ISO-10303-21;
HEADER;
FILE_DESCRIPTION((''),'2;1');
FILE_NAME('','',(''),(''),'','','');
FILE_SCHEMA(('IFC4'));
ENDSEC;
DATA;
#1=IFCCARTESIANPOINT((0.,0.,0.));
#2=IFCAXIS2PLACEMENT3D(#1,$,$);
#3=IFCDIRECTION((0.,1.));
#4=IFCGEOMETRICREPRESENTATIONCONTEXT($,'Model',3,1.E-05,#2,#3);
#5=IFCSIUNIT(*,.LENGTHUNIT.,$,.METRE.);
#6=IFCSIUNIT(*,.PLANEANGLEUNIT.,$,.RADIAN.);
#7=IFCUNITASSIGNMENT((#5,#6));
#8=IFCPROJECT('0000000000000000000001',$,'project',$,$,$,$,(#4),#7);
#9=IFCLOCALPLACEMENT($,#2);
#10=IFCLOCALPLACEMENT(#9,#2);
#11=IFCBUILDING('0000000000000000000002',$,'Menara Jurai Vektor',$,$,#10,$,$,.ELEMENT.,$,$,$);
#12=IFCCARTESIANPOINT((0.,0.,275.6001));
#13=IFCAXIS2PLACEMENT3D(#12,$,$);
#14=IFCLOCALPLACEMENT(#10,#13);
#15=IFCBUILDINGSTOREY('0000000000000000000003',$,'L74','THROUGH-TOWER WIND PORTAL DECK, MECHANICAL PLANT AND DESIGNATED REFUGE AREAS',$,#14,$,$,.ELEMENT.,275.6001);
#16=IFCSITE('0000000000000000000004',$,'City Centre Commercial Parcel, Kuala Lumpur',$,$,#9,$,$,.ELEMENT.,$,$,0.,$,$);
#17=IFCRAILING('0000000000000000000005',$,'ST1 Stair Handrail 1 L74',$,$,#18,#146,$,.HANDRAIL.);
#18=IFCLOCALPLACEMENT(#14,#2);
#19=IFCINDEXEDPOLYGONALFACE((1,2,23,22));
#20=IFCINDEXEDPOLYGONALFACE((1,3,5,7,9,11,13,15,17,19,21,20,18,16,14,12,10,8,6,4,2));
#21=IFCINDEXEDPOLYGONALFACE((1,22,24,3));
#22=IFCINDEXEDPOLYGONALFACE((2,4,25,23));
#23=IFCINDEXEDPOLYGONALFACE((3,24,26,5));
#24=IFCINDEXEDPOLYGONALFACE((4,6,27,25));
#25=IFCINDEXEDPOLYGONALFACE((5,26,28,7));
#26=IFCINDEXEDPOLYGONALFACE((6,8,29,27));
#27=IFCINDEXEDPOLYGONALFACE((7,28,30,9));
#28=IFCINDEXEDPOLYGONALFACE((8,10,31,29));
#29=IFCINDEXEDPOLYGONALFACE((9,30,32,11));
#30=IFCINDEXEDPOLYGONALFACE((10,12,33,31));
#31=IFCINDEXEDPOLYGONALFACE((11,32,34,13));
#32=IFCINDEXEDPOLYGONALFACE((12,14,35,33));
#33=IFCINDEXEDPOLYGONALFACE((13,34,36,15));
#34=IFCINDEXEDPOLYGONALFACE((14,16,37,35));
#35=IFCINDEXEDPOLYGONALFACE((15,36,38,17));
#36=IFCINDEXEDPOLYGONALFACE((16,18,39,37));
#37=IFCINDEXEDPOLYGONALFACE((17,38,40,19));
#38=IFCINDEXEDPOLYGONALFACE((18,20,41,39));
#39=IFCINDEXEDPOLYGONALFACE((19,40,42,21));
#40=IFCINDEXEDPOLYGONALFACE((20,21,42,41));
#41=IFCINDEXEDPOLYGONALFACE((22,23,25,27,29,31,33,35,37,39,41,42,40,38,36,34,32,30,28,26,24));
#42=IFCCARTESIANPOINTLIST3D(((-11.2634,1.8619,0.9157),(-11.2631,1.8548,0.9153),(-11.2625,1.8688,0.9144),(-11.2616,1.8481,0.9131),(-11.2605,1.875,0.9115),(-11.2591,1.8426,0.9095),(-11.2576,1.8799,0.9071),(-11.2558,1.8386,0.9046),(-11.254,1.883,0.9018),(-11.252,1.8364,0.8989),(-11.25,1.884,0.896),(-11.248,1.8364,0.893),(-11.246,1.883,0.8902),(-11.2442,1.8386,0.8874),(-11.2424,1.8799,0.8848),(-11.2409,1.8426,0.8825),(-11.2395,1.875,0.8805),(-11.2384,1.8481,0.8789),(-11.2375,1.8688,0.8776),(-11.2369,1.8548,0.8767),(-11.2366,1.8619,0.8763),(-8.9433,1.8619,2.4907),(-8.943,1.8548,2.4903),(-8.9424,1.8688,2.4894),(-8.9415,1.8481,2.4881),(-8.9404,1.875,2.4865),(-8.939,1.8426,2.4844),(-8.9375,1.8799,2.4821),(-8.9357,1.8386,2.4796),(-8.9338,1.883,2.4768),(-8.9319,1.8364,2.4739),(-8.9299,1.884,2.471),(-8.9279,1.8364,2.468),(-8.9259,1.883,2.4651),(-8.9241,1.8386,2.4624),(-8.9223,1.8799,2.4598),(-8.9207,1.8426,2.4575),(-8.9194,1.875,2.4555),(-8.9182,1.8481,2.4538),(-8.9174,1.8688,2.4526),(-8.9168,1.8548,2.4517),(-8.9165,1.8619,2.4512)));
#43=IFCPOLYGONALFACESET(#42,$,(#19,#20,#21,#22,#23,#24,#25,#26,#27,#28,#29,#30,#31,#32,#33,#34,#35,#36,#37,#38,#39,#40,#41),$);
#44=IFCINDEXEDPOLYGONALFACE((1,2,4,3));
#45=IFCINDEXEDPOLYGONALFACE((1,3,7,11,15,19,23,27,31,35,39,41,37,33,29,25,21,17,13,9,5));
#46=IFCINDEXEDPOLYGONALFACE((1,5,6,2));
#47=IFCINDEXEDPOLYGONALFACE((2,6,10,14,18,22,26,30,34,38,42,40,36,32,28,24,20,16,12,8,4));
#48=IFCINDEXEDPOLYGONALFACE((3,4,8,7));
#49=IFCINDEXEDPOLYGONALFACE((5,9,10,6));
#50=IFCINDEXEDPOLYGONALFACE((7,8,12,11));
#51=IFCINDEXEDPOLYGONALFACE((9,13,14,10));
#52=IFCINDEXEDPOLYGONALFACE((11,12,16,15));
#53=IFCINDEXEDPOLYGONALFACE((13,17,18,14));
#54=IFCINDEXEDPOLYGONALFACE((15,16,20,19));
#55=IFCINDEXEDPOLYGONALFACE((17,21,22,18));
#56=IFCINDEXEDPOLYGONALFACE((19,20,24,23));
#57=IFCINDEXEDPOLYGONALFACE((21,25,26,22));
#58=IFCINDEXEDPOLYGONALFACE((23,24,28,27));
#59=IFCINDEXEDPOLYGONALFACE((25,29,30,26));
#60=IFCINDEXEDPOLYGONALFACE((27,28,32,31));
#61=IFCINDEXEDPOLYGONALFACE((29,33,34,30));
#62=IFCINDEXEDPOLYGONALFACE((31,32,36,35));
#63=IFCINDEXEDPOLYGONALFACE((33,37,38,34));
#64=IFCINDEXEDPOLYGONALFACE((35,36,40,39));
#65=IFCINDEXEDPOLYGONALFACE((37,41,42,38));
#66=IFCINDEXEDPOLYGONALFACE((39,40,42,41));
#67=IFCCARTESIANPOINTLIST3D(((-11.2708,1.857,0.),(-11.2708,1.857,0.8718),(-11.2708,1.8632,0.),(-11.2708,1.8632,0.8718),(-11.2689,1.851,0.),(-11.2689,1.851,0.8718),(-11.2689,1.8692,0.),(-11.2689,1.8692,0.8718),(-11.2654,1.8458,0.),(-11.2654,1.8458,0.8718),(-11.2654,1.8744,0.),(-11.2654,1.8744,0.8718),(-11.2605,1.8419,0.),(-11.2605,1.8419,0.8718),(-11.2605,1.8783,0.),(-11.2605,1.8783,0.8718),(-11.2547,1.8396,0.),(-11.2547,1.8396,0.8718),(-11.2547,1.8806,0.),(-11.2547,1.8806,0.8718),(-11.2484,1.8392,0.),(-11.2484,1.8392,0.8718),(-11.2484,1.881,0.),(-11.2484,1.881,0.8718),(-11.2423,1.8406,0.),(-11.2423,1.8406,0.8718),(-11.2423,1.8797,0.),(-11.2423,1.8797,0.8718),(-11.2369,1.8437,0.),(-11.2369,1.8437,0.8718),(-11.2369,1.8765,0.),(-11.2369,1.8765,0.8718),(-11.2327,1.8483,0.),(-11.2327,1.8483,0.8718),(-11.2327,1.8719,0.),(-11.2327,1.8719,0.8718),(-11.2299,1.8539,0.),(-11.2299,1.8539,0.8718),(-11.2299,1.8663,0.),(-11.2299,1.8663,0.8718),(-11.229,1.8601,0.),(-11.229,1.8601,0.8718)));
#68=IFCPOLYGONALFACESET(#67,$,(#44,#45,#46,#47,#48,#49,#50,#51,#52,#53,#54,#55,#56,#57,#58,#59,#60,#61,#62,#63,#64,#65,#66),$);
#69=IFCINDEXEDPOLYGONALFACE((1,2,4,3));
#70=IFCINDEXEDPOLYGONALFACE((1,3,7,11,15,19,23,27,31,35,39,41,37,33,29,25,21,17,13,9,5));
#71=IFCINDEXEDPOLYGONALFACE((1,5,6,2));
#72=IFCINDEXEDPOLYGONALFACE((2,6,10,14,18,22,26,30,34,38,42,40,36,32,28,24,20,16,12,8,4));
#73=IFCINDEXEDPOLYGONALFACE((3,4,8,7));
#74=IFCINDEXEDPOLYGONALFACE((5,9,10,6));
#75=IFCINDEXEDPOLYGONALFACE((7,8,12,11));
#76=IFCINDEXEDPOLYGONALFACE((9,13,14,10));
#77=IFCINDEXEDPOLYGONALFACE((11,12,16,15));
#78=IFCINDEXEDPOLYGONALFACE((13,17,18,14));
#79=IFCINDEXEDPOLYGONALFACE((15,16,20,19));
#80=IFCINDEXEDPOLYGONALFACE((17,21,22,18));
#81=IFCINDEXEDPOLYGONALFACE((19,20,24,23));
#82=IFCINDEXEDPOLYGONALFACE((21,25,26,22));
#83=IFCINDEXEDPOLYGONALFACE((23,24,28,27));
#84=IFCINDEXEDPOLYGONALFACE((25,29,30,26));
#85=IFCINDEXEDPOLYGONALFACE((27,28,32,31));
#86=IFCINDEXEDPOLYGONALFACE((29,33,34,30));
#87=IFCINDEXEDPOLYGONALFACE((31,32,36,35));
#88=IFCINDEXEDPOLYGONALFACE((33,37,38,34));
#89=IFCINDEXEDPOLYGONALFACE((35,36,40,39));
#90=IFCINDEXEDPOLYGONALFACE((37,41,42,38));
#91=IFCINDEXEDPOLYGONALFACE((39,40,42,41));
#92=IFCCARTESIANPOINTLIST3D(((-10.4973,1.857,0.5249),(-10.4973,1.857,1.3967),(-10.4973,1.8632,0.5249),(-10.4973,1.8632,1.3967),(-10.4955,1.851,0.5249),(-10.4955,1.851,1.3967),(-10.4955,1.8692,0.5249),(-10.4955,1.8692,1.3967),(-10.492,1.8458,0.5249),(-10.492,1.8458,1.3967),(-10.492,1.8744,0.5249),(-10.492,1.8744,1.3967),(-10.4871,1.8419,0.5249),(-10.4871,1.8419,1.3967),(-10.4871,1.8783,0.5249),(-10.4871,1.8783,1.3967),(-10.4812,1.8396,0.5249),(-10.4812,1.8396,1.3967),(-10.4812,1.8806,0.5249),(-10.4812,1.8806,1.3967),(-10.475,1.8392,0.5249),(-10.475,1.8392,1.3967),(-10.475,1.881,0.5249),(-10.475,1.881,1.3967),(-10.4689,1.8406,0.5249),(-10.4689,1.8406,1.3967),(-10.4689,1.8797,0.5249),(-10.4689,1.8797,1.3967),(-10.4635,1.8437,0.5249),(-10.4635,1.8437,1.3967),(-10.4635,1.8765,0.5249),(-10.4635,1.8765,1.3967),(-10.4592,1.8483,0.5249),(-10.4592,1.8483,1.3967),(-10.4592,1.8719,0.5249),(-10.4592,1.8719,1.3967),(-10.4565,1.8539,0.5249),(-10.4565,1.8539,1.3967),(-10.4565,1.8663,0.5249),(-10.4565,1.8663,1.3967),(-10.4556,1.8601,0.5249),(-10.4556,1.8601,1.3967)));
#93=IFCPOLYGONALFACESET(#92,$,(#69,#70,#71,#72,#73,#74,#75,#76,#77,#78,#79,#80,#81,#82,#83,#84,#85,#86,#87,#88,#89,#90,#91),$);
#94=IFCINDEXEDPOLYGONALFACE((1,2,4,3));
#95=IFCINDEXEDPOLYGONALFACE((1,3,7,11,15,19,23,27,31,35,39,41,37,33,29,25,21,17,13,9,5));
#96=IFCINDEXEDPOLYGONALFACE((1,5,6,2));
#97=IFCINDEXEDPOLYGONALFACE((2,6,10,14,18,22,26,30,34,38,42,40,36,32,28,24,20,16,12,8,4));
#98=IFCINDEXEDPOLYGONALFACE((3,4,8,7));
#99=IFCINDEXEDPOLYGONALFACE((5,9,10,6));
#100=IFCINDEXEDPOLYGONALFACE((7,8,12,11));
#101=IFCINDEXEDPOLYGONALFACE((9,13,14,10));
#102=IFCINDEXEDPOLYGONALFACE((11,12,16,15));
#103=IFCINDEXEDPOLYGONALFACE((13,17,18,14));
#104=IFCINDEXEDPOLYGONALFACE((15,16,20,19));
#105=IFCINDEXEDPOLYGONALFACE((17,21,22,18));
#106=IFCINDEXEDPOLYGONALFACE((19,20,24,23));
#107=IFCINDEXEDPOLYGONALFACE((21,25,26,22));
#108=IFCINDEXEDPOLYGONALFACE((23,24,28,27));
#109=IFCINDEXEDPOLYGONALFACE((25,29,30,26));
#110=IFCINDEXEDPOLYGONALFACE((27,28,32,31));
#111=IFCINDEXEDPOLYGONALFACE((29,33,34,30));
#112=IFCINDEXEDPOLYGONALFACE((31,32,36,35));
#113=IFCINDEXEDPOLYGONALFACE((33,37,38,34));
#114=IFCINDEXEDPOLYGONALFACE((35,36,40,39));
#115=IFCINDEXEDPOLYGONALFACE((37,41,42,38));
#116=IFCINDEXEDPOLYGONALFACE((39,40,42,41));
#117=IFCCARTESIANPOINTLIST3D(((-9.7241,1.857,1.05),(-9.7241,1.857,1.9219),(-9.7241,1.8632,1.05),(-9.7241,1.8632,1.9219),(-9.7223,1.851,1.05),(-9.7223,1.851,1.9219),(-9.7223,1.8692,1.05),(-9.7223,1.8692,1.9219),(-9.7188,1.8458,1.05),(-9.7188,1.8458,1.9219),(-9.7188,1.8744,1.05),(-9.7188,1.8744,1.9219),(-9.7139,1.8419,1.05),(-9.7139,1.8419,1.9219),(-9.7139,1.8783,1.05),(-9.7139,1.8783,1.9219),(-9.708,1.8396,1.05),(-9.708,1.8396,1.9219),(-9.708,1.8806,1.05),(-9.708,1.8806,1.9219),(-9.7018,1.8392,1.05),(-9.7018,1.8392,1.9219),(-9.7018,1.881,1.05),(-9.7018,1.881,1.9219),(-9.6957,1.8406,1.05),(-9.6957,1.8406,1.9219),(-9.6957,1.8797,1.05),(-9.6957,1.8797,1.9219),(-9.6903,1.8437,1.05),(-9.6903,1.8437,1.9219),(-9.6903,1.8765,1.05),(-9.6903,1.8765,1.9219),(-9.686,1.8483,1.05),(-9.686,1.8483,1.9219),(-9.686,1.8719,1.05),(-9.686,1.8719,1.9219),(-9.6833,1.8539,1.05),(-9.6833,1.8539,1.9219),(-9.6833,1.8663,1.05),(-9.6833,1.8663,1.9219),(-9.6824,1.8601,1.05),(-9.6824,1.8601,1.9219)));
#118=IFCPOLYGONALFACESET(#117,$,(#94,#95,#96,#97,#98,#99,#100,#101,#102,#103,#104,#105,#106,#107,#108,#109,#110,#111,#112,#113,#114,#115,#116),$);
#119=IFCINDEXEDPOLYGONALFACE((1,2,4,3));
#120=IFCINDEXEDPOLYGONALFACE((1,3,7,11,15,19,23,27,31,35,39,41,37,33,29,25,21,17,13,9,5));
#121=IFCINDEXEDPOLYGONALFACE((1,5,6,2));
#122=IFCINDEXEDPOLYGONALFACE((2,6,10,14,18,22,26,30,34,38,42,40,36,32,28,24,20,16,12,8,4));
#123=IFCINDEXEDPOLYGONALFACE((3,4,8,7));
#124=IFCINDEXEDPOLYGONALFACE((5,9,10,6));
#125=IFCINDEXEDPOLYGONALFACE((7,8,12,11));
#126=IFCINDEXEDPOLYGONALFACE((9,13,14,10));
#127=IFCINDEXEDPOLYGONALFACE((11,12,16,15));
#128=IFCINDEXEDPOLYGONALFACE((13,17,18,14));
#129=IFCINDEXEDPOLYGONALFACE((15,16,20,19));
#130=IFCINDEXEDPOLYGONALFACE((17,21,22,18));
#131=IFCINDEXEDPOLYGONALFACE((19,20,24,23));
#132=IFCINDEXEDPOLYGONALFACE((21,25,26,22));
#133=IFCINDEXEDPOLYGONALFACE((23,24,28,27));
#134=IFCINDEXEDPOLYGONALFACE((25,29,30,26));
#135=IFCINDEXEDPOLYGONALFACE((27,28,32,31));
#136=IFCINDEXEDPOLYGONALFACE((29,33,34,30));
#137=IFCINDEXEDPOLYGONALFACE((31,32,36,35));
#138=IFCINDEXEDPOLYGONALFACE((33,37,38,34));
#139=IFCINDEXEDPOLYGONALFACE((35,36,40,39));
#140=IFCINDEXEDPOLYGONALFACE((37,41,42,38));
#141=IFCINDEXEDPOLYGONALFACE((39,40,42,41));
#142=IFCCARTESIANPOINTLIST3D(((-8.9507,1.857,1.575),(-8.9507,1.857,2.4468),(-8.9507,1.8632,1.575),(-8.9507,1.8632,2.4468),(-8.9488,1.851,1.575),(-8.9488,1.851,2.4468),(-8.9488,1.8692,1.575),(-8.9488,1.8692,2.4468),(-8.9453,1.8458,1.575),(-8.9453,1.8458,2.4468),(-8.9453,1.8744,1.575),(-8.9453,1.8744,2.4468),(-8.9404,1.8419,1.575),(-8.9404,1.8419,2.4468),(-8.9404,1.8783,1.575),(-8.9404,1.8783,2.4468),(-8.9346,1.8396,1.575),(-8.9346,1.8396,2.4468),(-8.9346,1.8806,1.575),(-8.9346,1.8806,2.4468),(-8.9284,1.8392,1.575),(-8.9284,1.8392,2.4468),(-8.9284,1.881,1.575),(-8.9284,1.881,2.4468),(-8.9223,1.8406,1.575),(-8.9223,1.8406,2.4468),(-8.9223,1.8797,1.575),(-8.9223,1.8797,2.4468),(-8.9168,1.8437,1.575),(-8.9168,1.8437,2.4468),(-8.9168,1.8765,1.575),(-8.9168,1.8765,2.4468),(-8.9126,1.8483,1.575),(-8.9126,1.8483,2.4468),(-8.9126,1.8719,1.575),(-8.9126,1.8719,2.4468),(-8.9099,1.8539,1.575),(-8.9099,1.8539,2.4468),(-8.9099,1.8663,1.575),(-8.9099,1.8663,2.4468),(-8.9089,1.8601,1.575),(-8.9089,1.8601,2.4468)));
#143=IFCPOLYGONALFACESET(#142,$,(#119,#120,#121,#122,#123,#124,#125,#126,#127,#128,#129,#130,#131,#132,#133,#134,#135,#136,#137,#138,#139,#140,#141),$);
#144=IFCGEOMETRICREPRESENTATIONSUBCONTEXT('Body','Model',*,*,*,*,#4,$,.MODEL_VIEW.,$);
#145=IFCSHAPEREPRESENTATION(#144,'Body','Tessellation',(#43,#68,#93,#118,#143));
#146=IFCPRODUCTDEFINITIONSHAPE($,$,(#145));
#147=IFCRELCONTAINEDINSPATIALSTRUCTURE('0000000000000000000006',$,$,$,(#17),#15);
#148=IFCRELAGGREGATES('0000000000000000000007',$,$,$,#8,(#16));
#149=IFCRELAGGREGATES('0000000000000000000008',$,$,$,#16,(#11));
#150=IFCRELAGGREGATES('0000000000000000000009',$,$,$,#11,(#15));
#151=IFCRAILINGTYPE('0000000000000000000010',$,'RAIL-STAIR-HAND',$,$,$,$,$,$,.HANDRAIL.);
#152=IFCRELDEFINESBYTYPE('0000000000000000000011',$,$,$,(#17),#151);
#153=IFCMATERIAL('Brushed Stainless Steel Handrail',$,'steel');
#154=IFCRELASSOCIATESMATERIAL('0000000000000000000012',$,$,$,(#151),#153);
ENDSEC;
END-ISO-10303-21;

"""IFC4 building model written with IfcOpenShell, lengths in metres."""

from ifc_helpers import new_model, si_unit, direction, frame, origin, origin_2d, place, context, subcontext, project, spatial, circle, extrude, material, type_object, element, save


model = new_model("IFC4")

# Units and contexts
model_context = context("Model", 3, precision=1e-05, world=origin(), true_north=direction((0.0, 1.0)))
body_context = subcontext(model_context, "Body", "Model", "MODEL_VIEW")
ifc_project = project(units=[si_unit("LENGTHUNIT", "METRE"), si_unit("PLANEANGLEUNIT", "RADIAN")], contexts=[model_context])

# Site, building, storey
site_placement = place(None, origin())
site = spatial("IfcSite", under=ifc_project, at=site_placement, Name="City Centre Commercial Parcel, Kuala Lumpur", CompositionType="ELEMENT", RefElevation=0.0)
building_placement = place(site_placement, origin())
building = spatial("IfcBuilding", under=site, at=building_placement, Name="Menara Jurai Vektor", CompositionType="ELEMENT")
storey_placement = place(building_placement, frame((0.0, 0.0, 275.6001)))
storey = spatial("IfcBuildingStorey", under=building, at=storey_placement, Name="L74", Description="THROUGH-TOWER WIND PORTAL DECK, MECHANICAL PLANT AND DESIGNATED REFUGE AREAS", CompositionType="ELEMENT", Elevation=275.6001)

# Railing
ifc_material_1 = material(Name="Brushed Stainless Steel Handrail", Category="steel")
railing_type_1 = type_object("IfcRailingType", Name="RAIL-STAIR-HAND", PredefinedType="HANDRAIL", material=ifc_material_1)
for number, where, name in (
    (1, (-11.25, 1.8601, 0.0), "ST1 Stair Handrail 1 L74"),
):
    element("IfcRailing", number, at=place(storey_placement, frame(where)), inside=storey, type_object=railing_type_1, Name=name, PredefinedType="HANDRAIL", context=body_context, shape_type="SweptSolid", body=[
        extrude(circle(Radius=0.0239, at=origin_2d()), frame((0.0, 0.0, 0.896), z_axis=(0.827373, 0.0, 0.561653), x_axis=(0.0, 1.0, 0.0)), (0.0, 0.0, 1.0), 2.8042),
        extrude(circle(Radius=0.021, at=origin_2d()), origin(), (0.0, 0.0, 1.0), 0.8718),
        extrude(circle(Radius=0.021, at=origin_2d()), frame((0.7734, 0.0, 0.5249)), (0.0, 0.0, 1.0), 0.8718),
        extrude(circle(Radius=0.021, at=origin_2d()), frame((1.5466, 0.0, 1.05)), (0.0, 0.0, 1.0), 0.8718),
        extrude(circle(Radius=0.021, at=origin_2d()), frame((2.3201, 0.0, 1.575)), (0.0, 0.0, 1.0), 0.8718),
    ])

save(model, "model.ifc")
